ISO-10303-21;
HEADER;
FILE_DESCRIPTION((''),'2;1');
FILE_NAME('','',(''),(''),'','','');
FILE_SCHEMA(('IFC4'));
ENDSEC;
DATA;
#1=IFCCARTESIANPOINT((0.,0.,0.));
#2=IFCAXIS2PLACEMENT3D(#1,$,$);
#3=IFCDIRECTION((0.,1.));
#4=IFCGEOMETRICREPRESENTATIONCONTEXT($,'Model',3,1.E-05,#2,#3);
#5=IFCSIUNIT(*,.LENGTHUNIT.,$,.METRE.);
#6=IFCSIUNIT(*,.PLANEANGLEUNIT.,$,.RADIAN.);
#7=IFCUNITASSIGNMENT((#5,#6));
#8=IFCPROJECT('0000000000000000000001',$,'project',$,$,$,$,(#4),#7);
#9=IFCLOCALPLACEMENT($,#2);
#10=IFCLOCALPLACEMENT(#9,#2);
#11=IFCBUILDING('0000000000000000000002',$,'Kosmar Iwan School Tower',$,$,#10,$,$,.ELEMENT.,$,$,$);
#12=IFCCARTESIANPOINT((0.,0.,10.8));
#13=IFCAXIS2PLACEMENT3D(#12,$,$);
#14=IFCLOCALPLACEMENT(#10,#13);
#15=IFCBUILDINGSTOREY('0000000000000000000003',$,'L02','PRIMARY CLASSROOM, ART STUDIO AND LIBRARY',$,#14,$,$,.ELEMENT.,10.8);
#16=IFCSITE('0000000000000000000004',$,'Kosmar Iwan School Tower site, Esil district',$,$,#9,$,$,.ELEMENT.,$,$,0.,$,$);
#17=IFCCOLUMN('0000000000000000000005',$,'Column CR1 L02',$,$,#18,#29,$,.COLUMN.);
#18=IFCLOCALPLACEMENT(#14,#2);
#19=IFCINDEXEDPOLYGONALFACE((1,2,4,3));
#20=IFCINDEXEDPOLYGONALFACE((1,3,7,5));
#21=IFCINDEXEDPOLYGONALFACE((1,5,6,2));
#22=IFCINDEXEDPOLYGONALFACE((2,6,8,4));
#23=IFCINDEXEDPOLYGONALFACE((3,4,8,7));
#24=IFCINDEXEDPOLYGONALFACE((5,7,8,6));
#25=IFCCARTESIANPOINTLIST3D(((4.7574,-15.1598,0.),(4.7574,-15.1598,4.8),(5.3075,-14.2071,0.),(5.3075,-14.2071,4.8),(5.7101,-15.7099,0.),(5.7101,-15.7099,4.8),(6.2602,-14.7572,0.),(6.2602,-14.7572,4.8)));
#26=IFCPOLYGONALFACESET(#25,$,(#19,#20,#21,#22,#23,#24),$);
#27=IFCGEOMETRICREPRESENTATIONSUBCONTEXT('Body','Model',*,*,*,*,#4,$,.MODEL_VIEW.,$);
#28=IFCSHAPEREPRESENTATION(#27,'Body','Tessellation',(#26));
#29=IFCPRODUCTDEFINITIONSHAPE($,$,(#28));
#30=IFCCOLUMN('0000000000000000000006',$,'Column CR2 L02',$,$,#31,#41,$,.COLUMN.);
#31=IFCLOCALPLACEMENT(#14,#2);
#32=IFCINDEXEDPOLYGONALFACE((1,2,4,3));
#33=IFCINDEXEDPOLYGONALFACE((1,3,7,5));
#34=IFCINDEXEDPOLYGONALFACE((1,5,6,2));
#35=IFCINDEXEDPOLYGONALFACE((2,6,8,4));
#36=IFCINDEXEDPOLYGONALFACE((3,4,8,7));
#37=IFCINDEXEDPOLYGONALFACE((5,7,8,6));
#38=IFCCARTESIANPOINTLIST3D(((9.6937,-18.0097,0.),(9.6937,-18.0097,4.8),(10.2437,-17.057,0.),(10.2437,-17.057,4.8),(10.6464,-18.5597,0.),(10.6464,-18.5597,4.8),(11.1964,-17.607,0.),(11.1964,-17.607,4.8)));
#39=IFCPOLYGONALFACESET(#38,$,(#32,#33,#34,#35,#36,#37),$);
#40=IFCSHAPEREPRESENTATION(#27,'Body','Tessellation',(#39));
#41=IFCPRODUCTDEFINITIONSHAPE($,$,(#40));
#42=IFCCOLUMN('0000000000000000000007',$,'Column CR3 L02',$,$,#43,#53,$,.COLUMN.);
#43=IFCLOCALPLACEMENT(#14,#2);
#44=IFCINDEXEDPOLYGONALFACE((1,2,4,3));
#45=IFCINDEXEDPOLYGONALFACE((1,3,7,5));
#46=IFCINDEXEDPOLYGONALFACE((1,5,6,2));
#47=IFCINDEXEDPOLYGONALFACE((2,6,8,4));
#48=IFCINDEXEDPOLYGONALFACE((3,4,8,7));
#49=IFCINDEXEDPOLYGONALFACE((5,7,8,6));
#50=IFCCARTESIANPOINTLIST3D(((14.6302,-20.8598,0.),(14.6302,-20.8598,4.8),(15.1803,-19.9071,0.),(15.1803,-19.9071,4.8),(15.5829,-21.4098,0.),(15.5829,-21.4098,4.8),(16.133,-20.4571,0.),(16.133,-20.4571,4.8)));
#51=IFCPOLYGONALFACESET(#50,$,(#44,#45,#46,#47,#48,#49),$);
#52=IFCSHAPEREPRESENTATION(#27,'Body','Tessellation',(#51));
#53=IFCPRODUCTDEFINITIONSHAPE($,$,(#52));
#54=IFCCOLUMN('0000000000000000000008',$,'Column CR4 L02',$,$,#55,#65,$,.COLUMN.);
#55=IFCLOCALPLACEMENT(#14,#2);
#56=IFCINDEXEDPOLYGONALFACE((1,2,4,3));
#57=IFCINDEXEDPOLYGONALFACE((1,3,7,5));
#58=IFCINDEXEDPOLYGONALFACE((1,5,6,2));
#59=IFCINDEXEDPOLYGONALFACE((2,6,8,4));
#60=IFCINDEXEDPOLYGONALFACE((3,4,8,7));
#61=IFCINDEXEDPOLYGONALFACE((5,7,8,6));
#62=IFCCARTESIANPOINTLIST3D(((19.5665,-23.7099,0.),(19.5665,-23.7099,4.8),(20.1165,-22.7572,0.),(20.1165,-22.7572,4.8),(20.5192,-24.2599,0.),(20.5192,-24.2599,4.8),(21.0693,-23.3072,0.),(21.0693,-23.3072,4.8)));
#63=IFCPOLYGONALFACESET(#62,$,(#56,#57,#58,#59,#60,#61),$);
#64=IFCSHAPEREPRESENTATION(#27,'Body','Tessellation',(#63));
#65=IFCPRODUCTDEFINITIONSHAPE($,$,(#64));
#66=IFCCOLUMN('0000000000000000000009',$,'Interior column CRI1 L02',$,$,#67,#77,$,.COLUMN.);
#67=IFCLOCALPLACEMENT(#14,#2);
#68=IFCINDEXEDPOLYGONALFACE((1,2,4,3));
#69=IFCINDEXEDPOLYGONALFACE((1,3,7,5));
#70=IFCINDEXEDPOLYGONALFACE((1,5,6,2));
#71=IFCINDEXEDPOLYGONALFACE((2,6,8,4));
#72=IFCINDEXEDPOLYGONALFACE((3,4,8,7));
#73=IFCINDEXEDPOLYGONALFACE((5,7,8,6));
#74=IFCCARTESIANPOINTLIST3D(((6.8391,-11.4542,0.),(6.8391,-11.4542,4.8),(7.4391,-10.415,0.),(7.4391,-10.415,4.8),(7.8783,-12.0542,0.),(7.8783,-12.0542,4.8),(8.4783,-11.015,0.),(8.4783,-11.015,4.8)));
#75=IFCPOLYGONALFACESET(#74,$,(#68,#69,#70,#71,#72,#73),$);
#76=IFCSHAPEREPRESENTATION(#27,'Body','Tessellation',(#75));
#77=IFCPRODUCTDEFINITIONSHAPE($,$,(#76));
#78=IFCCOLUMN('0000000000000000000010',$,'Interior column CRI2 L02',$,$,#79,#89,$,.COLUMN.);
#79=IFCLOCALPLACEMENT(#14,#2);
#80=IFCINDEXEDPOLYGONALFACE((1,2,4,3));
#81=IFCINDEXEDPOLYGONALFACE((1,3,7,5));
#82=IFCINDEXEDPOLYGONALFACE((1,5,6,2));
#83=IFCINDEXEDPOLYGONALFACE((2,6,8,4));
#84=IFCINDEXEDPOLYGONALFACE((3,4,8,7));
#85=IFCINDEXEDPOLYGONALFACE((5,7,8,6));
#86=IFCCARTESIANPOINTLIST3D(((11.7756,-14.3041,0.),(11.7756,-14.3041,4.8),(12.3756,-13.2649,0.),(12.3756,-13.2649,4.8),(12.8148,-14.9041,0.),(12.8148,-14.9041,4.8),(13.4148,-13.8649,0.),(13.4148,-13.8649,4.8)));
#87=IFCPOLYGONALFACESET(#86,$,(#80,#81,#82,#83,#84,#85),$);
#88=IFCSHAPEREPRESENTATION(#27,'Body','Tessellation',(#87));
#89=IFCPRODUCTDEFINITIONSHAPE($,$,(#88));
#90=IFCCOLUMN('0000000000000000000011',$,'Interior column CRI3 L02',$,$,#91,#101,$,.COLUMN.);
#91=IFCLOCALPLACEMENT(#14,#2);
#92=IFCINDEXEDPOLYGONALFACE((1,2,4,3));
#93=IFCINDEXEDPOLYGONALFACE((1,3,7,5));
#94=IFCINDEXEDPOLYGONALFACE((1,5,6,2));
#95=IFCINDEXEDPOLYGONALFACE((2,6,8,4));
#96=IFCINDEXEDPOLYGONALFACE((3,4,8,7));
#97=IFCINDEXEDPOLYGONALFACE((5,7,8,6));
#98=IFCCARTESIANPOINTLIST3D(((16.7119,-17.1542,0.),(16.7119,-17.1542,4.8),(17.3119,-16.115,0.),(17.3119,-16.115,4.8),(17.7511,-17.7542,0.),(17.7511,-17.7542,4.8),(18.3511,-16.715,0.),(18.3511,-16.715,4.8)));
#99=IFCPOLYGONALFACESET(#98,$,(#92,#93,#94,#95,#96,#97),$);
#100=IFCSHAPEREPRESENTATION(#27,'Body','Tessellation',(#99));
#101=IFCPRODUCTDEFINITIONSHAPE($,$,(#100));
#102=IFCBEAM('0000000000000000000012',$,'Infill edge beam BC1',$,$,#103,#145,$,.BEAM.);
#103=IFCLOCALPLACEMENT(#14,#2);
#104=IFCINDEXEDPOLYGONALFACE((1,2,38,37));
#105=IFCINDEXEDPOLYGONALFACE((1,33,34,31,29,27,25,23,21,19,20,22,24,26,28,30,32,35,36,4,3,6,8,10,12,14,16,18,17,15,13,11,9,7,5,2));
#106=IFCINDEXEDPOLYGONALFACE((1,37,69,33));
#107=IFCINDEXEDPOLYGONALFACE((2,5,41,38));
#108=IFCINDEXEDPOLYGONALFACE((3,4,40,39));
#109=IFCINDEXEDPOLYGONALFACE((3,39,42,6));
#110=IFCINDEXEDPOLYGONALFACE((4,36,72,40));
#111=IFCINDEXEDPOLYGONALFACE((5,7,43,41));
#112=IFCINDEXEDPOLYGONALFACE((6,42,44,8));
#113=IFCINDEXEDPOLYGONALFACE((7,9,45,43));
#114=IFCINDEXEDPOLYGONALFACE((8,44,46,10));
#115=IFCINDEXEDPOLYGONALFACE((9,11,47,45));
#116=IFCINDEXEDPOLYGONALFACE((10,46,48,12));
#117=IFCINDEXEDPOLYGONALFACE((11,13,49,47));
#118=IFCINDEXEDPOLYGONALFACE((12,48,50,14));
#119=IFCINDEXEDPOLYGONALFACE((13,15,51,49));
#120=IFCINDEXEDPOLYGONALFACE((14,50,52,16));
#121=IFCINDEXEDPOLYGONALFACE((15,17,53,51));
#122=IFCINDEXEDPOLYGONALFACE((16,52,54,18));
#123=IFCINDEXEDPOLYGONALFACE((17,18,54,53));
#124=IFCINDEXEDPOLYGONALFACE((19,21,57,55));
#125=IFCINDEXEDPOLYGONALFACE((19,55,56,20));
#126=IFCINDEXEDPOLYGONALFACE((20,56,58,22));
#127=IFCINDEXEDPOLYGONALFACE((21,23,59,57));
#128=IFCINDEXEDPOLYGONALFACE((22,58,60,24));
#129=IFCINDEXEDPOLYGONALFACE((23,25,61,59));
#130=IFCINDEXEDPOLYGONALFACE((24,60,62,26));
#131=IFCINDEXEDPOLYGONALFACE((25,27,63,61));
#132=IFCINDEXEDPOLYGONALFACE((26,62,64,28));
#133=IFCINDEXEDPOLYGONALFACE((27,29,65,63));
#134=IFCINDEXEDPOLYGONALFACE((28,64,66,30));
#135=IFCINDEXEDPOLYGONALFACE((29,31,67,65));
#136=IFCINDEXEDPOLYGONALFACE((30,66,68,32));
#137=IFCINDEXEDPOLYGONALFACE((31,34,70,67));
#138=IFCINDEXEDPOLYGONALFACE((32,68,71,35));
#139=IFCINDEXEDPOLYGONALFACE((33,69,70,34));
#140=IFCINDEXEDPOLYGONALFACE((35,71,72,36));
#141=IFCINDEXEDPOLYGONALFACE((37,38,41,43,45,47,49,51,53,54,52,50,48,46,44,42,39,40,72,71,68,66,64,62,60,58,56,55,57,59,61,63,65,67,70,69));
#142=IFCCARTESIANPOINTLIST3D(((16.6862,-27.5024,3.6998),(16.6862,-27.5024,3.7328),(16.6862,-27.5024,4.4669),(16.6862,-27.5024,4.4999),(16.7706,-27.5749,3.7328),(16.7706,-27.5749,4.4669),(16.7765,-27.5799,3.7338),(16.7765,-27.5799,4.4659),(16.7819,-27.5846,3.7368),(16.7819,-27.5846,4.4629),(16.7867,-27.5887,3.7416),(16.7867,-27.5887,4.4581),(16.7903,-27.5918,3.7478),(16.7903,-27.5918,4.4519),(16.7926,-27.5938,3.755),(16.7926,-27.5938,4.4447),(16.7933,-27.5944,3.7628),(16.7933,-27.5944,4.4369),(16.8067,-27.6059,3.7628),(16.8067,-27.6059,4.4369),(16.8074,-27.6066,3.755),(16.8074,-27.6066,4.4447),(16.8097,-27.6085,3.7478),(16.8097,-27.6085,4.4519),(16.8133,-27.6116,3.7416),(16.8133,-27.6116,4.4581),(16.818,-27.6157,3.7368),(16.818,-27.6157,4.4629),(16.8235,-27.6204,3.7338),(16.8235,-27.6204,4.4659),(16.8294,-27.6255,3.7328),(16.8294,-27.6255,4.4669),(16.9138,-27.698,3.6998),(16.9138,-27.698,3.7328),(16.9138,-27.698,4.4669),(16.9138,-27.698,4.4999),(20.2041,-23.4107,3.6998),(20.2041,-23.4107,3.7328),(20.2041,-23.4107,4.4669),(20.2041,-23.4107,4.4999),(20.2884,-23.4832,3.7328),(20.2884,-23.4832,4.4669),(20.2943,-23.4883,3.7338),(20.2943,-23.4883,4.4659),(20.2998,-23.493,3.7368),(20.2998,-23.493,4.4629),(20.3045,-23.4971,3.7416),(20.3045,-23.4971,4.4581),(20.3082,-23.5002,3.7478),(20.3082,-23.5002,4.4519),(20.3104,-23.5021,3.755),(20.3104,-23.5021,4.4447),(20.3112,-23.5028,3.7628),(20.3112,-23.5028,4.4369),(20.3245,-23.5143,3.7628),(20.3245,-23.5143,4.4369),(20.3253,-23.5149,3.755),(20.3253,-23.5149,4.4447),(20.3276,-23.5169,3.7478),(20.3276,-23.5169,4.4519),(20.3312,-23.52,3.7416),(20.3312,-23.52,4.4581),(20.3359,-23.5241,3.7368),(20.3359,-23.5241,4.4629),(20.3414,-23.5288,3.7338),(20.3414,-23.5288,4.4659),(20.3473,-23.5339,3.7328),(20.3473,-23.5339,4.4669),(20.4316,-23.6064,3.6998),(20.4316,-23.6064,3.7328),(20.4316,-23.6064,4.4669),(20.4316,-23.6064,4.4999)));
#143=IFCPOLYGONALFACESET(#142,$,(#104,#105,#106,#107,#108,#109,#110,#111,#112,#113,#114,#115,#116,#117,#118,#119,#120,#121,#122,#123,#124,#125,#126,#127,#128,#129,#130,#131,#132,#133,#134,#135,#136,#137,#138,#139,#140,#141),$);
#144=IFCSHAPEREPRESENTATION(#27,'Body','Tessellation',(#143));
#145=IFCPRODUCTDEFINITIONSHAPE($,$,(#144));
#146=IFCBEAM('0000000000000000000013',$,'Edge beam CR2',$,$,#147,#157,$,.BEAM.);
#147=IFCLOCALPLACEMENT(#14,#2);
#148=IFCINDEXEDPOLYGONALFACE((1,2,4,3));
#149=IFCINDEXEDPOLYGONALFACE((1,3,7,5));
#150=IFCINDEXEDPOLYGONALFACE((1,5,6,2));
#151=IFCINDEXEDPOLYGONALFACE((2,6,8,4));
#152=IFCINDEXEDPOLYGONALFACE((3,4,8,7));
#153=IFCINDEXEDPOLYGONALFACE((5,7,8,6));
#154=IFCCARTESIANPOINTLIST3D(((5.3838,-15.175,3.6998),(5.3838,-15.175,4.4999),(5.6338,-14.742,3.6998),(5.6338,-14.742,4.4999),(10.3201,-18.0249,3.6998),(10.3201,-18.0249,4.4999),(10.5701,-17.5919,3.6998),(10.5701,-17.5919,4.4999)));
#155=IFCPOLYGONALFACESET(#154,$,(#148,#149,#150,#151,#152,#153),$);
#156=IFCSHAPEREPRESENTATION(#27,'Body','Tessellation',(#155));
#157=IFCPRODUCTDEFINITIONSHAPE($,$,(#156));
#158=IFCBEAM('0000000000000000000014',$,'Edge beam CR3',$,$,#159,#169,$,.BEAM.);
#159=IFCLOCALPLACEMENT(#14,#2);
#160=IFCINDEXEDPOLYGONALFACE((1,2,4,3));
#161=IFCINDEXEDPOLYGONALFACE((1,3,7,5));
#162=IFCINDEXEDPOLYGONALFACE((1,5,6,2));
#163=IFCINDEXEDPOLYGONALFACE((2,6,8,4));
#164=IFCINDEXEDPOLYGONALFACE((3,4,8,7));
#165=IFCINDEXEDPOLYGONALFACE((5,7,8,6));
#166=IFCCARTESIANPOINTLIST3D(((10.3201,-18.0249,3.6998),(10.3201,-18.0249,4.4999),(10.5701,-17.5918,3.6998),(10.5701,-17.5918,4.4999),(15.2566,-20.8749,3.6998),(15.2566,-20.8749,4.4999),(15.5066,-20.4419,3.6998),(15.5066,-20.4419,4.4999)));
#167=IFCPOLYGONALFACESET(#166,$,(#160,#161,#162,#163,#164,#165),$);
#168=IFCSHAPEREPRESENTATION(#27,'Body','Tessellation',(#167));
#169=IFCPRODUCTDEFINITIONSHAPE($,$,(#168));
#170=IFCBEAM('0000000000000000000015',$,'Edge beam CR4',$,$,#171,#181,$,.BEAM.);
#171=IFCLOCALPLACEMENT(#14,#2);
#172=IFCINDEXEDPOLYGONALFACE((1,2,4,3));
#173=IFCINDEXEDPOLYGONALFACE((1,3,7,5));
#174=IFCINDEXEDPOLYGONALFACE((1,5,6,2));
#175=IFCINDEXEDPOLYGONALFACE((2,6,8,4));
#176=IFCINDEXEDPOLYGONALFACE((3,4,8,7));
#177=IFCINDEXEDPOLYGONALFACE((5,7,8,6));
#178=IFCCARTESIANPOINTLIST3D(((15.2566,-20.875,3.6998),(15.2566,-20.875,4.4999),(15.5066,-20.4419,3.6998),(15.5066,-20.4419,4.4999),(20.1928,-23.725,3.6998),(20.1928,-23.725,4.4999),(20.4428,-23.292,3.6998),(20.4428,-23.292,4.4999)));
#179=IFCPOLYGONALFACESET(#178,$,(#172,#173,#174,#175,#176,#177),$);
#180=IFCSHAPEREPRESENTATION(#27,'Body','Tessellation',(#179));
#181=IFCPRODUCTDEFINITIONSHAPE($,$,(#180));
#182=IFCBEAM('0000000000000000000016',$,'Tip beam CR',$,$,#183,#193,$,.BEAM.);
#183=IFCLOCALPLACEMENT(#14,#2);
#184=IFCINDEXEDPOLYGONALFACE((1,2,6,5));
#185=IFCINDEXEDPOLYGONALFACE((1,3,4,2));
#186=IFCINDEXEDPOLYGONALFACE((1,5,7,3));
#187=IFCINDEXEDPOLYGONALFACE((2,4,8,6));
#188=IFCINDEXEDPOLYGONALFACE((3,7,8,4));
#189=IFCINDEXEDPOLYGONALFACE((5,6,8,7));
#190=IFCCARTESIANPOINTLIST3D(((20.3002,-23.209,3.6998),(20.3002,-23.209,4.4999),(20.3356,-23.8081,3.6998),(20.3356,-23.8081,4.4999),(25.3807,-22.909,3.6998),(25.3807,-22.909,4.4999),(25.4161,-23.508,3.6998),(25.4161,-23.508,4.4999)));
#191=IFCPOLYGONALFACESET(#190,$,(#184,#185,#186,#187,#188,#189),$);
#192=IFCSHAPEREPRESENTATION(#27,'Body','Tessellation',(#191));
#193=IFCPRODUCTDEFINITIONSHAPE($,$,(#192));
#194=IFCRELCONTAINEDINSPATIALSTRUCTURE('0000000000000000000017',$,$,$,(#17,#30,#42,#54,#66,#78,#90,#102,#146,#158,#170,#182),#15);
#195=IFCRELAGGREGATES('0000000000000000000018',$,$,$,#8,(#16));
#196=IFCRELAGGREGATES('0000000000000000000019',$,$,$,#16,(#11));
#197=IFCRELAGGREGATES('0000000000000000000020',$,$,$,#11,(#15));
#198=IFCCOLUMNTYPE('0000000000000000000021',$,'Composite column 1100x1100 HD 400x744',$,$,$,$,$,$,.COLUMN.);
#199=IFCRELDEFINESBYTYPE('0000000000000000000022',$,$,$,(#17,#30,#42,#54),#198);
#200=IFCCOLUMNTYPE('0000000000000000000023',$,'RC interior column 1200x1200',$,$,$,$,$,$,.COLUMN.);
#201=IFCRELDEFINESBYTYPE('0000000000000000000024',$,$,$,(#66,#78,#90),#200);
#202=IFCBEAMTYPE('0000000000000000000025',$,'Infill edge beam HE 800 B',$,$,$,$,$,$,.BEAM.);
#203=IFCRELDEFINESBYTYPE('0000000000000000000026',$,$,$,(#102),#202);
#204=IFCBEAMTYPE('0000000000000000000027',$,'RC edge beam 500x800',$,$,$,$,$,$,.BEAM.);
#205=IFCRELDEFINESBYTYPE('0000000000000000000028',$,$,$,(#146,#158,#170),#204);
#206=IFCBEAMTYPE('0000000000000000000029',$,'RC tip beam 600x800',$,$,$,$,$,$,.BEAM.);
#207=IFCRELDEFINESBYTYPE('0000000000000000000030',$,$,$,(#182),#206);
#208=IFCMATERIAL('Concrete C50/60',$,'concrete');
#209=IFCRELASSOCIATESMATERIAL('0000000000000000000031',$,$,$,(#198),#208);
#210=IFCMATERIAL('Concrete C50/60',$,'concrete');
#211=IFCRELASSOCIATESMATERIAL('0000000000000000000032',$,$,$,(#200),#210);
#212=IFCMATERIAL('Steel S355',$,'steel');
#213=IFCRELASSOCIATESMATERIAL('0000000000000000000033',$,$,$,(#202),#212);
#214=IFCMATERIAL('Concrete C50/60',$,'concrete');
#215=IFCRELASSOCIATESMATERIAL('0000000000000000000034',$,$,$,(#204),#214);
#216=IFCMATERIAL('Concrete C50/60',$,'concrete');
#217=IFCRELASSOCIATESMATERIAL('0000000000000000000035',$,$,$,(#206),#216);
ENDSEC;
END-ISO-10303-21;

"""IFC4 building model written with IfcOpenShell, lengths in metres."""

from ifc_helpers import new_model, si_unit, direction, frame, origin, origin_2d, place, context, subcontext, project, spatial, rectangle, i_section, extrude, material, material_profile, profile_set, type_object, element, save


model = new_model("IFC4")

# Units and contexts
model_context = context("Model", 3, precision=1e-05, world=origin(), true_north=direction((0.0, 1.0)))
body_context = subcontext(model_context, "Body", "Model", "MODEL_VIEW")
ifc_project = project(units=[si_unit("LENGTHUNIT", "METRE"), si_unit("PLANEANGLEUNIT", "RADIAN")], contexts=[model_context])

# Site, building, storey
site_placement = place(None, origin())
site = spatial("IfcSite", under=ifc_project, at=site_placement, Name="Kosmar Iwan School Tower site, Esil district", CompositionType="ELEMENT", RefElevation=0.0)
building_placement = place(site_placement, origin())
building = spatial("IfcBuilding", under=site, at=building_placement, Name="Kosmar Iwan School Tower", CompositionType="ELEMENT")
storey_placement = place(building_placement, frame((0.0, 0.0, 10.8)))
storey = spatial("IfcBuildingStorey", under=building, at=storey_placement, Name="L02", Description="PRIMARY CLASSROOM, ART STUDIO AND LIBRARY", CompositionType="ELEMENT", Elevation=10.8)

# Columns
ifc_material_1 = material(Name="Concrete C50/60", Category="concrete")
ifc_material_profile_1 = material_profile(ifc_material_1, rectangle(XDim=1.1001, YDim=1.1001, at=origin_2d()), Name="RC 1100x1100 + HD 400x744")
ifc_profile_set_1 = profile_set([ifc_material_profile_1], Name="Concrete C50/60")
column_type_1 = type_object("IfcColumnType", Name="Composite column 1100x1100 HD 400x744", PredefinedType="COLUMN", material=ifc_profile_set_1)
for number, where, z_axis, x_axis, name in (
    (1, (5.5088, -14.9585, 0.0), (0.0, 0.0, 1.0), (0.866025, -0.5, 0.0), "Column CR1 L02"),
    (2, (10.4451, -17.8083, 0.0), (0.0, 0.0, 1.0), (0.866025, -0.5, 0.0), "Column CR2 L02"),
    (3, (15.3816, -20.6584, 0.0), (0.0, 0.0, 1.0), (0.866025, -0.5, 0.0), "Column CR3 L02"),
    (4, (20.3179, -23.5085, 0.0), (0.0, 0.0, 1.0), (0.866025, -0.5, 0.0), "Column CR4 L02"),
):
    element("IfcColumn", number, at=place(storey_placement, frame(where, z_axis=z_axis, x_axis=x_axis)), inside=storey, type_object=column_type_1, Name=name, PredefinedType="COLUMN", context=body_context, shape_type="SweptSolid", body=[
        extrude(rectangle(XDim=1.1001, YDim=1.1001, at=origin_2d()), origin(), (0.0, 0.0, 1.0), 4.8),
    ])
ifc_material_2 = material(Name="Concrete C50/60", Category="concrete")
ifc_material_profile_2 = material_profile(ifc_material_2, rectangle(XDim=1.2, YDim=1.2, at=origin_2d()), Name="RC 1200x1200")
ifc_profile_set_2 = profile_set([ifc_material_profile_2], Name="Concrete C50/60")
column_type_2 = type_object("IfcColumnType", Name="RC interior column 1200x1200", PredefinedType="COLUMN", material=ifc_profile_set_2)
for number, where, z_axis, x_axis, name in (
    (5, (7.6587, -11.2346, 0.0), (0.0, 0.0, 1.0), (0.866025, -0.5, 0.0), "Interior column CRI1 L02"),
    (6, (12.5952, -14.0845, 0.0), (0.0, 0.0, 1.0), (0.866025, -0.5, 0.0), "Interior column CRI2 L02"),
    (7, (17.5315, -16.9346, 0.0), (0.0, 0.0, 1.0), (0.866025, -0.5, 0.0), "Interior column CRI3 L02"),
):
    element("IfcColumn", number, at=place(storey_placement, frame(where, z_axis=z_axis, x_axis=x_axis)), inside=storey, type_object=column_type_2, Name=name, PredefinedType="COLUMN", context=body_context, shape_type="SweptSolid", body=[
        extrude(rectangle(XDim=1.2, YDim=1.2, at=origin_2d()), origin(), (0.0, 0.0, 1.0), 4.8),
    ])

# Beams
ifc_material_3 = material(Name="Steel S355", Category="steel")
ifc_material_profile_3 = material_profile(ifc_material_3, i_section(OverallWidth=0.3, OverallDepth=0.8, WebThickness=0.0176, FlangeThickness=0.033, FilletRadius=0.03, at=origin_2d()), Name="HE 800 B")
ifc_profile_set_3 = profile_set([ifc_material_profile_3], Name="Steel S355")
beam_type_1 = type_object("IfcBeamType", Name="Infill edge beam HE 800 B", PredefinedType="BEAM", material=ifc_profile_set_3)
beam_1_placement = place(storey_placement, frame((20.3179, -23.5085, 4.0999), z_axis=(-0.651942, -0.758269, 0.0), x_axis=(0.758269, -0.651942, 0.0)))
element("IfcBeam", 8, at=beam_1_placement, inside=storey, type_object=beam_type_1, Name="Infill edge beam BC1", PredefinedType="BEAM", context=body_context, shape_type="SweptSolid", body=[
    extrude(i_section(OverallWidth=0.3, OverallDepth=0.8, WebThickness=0.0176, FlangeThickness=0.033, FilletRadius=0.03, at=origin_2d()), origin(), (0.0, 0.0, 1.0), 5.396),
])
ifc_material_4 = material(Name="Concrete C50/60", Category="concrete")
ifc_material_profile_4 = material_profile(ifc_material_4, rectangle(XDim=0.5, YDim=0.8, at=origin_2d()), Name="RC 500x800")
ifc_profile_set_4 = profile_set([ifc_material_profile_4], Name="Concrete C50/60")
beam_type_2 = type_object("IfcBeamType", Name="RC edge beam 500x800", PredefinedType="BEAM", material=ifc_profile_set_4)
beam_2_placement = place(storey_placement, frame((5.5088, -14.9585, 4.0999), z_axis=(0.866034, -0.499986, 0.0), x_axis=(0.499986, 0.866034, 0.0)))
element("IfcBeam", 9, at=beam_2_placement, inside=storey, type_object=beam_type_2, Name="Edge beam CR2", PredefinedType="BEAM", context=body_context, shape_type="SweptSolid", body=[
    extrude(rectangle(XDim=0.5, YDim=0.8, at=origin_2d()), origin(), (0.0, 0.0, 1.0), 5.7),
])
beam_3_placement = place(storey_placement, frame((10.4451, -17.8083, 4.0999), z_axis=(0.866026, -0.499999, 0.0), x_axis=(0.499999, 0.866026, 0.0)))
element("IfcBeam", 10, at=beam_3_placement, inside=storey, type_object=beam_type_2, Name="Edge beam CR3", PredefinedType="BEAM", context=body_context, shape_type="SweptSolid", body=[
    extrude(rectangle(XDim=0.5, YDim=0.8, at=origin_2d()), origin(), (0.0, 0.0, 1.0), 5.7002),
])
beam_4_placement = place(storey_placement, frame((15.3816, -20.6584, 4.0999), z_axis=(0.866015, -0.500018, 0.0), x_axis=(0.500018, 0.866015, 0.0)))
element("IfcBeam", 11, at=beam_4_placement, inside=storey, type_object=beam_type_2, Name="Edge beam CR4", PredefinedType="BEAM", context=body_context, shape_type="SweptSolid", body=[
    extrude(rectangle(XDim=0.5, YDim=0.8, at=origin_2d()), origin(), (0.0, 0.0, 1.0), 5.7),
])
ifc_material_5 = material(Name="Concrete C50/60", Category="concrete")
ifc_material_profile_5 = material_profile(ifc_material_5, rectangle(XDim=0.6001, YDim=0.8, at=origin_2d()), Name="RC 600x800")
ifc_profile_set_5 = profile_set([ifc_material_profile_5], Name="Concrete C50/60")
beam_type_3 = type_object("IfcBeamType", Name="RC tip beam 600x800", PredefinedType="BEAM", material=ifc_profile_set_5)
beam_5_placement = place(storey_placement, frame((20.3179, -23.5085, 4.0999), z_axis=(0.998261, 0.058955, 0.0), x_axis=(-0.058955, 0.998261, 0.0)))
element("IfcBeam", 12, at=beam_5_placement, inside=storey, type_object=beam_type_3, Name="Tip beam CR", PredefinedType="BEAM", context=body_context, shape_type="SweptSolid", body=[
    extrude(rectangle(XDim=0.6001, YDim=0.8, at=origin_2d()), origin(), (0.0, 0.0, 1.0), 5.0894),
])

save(model, "model.ifc")
